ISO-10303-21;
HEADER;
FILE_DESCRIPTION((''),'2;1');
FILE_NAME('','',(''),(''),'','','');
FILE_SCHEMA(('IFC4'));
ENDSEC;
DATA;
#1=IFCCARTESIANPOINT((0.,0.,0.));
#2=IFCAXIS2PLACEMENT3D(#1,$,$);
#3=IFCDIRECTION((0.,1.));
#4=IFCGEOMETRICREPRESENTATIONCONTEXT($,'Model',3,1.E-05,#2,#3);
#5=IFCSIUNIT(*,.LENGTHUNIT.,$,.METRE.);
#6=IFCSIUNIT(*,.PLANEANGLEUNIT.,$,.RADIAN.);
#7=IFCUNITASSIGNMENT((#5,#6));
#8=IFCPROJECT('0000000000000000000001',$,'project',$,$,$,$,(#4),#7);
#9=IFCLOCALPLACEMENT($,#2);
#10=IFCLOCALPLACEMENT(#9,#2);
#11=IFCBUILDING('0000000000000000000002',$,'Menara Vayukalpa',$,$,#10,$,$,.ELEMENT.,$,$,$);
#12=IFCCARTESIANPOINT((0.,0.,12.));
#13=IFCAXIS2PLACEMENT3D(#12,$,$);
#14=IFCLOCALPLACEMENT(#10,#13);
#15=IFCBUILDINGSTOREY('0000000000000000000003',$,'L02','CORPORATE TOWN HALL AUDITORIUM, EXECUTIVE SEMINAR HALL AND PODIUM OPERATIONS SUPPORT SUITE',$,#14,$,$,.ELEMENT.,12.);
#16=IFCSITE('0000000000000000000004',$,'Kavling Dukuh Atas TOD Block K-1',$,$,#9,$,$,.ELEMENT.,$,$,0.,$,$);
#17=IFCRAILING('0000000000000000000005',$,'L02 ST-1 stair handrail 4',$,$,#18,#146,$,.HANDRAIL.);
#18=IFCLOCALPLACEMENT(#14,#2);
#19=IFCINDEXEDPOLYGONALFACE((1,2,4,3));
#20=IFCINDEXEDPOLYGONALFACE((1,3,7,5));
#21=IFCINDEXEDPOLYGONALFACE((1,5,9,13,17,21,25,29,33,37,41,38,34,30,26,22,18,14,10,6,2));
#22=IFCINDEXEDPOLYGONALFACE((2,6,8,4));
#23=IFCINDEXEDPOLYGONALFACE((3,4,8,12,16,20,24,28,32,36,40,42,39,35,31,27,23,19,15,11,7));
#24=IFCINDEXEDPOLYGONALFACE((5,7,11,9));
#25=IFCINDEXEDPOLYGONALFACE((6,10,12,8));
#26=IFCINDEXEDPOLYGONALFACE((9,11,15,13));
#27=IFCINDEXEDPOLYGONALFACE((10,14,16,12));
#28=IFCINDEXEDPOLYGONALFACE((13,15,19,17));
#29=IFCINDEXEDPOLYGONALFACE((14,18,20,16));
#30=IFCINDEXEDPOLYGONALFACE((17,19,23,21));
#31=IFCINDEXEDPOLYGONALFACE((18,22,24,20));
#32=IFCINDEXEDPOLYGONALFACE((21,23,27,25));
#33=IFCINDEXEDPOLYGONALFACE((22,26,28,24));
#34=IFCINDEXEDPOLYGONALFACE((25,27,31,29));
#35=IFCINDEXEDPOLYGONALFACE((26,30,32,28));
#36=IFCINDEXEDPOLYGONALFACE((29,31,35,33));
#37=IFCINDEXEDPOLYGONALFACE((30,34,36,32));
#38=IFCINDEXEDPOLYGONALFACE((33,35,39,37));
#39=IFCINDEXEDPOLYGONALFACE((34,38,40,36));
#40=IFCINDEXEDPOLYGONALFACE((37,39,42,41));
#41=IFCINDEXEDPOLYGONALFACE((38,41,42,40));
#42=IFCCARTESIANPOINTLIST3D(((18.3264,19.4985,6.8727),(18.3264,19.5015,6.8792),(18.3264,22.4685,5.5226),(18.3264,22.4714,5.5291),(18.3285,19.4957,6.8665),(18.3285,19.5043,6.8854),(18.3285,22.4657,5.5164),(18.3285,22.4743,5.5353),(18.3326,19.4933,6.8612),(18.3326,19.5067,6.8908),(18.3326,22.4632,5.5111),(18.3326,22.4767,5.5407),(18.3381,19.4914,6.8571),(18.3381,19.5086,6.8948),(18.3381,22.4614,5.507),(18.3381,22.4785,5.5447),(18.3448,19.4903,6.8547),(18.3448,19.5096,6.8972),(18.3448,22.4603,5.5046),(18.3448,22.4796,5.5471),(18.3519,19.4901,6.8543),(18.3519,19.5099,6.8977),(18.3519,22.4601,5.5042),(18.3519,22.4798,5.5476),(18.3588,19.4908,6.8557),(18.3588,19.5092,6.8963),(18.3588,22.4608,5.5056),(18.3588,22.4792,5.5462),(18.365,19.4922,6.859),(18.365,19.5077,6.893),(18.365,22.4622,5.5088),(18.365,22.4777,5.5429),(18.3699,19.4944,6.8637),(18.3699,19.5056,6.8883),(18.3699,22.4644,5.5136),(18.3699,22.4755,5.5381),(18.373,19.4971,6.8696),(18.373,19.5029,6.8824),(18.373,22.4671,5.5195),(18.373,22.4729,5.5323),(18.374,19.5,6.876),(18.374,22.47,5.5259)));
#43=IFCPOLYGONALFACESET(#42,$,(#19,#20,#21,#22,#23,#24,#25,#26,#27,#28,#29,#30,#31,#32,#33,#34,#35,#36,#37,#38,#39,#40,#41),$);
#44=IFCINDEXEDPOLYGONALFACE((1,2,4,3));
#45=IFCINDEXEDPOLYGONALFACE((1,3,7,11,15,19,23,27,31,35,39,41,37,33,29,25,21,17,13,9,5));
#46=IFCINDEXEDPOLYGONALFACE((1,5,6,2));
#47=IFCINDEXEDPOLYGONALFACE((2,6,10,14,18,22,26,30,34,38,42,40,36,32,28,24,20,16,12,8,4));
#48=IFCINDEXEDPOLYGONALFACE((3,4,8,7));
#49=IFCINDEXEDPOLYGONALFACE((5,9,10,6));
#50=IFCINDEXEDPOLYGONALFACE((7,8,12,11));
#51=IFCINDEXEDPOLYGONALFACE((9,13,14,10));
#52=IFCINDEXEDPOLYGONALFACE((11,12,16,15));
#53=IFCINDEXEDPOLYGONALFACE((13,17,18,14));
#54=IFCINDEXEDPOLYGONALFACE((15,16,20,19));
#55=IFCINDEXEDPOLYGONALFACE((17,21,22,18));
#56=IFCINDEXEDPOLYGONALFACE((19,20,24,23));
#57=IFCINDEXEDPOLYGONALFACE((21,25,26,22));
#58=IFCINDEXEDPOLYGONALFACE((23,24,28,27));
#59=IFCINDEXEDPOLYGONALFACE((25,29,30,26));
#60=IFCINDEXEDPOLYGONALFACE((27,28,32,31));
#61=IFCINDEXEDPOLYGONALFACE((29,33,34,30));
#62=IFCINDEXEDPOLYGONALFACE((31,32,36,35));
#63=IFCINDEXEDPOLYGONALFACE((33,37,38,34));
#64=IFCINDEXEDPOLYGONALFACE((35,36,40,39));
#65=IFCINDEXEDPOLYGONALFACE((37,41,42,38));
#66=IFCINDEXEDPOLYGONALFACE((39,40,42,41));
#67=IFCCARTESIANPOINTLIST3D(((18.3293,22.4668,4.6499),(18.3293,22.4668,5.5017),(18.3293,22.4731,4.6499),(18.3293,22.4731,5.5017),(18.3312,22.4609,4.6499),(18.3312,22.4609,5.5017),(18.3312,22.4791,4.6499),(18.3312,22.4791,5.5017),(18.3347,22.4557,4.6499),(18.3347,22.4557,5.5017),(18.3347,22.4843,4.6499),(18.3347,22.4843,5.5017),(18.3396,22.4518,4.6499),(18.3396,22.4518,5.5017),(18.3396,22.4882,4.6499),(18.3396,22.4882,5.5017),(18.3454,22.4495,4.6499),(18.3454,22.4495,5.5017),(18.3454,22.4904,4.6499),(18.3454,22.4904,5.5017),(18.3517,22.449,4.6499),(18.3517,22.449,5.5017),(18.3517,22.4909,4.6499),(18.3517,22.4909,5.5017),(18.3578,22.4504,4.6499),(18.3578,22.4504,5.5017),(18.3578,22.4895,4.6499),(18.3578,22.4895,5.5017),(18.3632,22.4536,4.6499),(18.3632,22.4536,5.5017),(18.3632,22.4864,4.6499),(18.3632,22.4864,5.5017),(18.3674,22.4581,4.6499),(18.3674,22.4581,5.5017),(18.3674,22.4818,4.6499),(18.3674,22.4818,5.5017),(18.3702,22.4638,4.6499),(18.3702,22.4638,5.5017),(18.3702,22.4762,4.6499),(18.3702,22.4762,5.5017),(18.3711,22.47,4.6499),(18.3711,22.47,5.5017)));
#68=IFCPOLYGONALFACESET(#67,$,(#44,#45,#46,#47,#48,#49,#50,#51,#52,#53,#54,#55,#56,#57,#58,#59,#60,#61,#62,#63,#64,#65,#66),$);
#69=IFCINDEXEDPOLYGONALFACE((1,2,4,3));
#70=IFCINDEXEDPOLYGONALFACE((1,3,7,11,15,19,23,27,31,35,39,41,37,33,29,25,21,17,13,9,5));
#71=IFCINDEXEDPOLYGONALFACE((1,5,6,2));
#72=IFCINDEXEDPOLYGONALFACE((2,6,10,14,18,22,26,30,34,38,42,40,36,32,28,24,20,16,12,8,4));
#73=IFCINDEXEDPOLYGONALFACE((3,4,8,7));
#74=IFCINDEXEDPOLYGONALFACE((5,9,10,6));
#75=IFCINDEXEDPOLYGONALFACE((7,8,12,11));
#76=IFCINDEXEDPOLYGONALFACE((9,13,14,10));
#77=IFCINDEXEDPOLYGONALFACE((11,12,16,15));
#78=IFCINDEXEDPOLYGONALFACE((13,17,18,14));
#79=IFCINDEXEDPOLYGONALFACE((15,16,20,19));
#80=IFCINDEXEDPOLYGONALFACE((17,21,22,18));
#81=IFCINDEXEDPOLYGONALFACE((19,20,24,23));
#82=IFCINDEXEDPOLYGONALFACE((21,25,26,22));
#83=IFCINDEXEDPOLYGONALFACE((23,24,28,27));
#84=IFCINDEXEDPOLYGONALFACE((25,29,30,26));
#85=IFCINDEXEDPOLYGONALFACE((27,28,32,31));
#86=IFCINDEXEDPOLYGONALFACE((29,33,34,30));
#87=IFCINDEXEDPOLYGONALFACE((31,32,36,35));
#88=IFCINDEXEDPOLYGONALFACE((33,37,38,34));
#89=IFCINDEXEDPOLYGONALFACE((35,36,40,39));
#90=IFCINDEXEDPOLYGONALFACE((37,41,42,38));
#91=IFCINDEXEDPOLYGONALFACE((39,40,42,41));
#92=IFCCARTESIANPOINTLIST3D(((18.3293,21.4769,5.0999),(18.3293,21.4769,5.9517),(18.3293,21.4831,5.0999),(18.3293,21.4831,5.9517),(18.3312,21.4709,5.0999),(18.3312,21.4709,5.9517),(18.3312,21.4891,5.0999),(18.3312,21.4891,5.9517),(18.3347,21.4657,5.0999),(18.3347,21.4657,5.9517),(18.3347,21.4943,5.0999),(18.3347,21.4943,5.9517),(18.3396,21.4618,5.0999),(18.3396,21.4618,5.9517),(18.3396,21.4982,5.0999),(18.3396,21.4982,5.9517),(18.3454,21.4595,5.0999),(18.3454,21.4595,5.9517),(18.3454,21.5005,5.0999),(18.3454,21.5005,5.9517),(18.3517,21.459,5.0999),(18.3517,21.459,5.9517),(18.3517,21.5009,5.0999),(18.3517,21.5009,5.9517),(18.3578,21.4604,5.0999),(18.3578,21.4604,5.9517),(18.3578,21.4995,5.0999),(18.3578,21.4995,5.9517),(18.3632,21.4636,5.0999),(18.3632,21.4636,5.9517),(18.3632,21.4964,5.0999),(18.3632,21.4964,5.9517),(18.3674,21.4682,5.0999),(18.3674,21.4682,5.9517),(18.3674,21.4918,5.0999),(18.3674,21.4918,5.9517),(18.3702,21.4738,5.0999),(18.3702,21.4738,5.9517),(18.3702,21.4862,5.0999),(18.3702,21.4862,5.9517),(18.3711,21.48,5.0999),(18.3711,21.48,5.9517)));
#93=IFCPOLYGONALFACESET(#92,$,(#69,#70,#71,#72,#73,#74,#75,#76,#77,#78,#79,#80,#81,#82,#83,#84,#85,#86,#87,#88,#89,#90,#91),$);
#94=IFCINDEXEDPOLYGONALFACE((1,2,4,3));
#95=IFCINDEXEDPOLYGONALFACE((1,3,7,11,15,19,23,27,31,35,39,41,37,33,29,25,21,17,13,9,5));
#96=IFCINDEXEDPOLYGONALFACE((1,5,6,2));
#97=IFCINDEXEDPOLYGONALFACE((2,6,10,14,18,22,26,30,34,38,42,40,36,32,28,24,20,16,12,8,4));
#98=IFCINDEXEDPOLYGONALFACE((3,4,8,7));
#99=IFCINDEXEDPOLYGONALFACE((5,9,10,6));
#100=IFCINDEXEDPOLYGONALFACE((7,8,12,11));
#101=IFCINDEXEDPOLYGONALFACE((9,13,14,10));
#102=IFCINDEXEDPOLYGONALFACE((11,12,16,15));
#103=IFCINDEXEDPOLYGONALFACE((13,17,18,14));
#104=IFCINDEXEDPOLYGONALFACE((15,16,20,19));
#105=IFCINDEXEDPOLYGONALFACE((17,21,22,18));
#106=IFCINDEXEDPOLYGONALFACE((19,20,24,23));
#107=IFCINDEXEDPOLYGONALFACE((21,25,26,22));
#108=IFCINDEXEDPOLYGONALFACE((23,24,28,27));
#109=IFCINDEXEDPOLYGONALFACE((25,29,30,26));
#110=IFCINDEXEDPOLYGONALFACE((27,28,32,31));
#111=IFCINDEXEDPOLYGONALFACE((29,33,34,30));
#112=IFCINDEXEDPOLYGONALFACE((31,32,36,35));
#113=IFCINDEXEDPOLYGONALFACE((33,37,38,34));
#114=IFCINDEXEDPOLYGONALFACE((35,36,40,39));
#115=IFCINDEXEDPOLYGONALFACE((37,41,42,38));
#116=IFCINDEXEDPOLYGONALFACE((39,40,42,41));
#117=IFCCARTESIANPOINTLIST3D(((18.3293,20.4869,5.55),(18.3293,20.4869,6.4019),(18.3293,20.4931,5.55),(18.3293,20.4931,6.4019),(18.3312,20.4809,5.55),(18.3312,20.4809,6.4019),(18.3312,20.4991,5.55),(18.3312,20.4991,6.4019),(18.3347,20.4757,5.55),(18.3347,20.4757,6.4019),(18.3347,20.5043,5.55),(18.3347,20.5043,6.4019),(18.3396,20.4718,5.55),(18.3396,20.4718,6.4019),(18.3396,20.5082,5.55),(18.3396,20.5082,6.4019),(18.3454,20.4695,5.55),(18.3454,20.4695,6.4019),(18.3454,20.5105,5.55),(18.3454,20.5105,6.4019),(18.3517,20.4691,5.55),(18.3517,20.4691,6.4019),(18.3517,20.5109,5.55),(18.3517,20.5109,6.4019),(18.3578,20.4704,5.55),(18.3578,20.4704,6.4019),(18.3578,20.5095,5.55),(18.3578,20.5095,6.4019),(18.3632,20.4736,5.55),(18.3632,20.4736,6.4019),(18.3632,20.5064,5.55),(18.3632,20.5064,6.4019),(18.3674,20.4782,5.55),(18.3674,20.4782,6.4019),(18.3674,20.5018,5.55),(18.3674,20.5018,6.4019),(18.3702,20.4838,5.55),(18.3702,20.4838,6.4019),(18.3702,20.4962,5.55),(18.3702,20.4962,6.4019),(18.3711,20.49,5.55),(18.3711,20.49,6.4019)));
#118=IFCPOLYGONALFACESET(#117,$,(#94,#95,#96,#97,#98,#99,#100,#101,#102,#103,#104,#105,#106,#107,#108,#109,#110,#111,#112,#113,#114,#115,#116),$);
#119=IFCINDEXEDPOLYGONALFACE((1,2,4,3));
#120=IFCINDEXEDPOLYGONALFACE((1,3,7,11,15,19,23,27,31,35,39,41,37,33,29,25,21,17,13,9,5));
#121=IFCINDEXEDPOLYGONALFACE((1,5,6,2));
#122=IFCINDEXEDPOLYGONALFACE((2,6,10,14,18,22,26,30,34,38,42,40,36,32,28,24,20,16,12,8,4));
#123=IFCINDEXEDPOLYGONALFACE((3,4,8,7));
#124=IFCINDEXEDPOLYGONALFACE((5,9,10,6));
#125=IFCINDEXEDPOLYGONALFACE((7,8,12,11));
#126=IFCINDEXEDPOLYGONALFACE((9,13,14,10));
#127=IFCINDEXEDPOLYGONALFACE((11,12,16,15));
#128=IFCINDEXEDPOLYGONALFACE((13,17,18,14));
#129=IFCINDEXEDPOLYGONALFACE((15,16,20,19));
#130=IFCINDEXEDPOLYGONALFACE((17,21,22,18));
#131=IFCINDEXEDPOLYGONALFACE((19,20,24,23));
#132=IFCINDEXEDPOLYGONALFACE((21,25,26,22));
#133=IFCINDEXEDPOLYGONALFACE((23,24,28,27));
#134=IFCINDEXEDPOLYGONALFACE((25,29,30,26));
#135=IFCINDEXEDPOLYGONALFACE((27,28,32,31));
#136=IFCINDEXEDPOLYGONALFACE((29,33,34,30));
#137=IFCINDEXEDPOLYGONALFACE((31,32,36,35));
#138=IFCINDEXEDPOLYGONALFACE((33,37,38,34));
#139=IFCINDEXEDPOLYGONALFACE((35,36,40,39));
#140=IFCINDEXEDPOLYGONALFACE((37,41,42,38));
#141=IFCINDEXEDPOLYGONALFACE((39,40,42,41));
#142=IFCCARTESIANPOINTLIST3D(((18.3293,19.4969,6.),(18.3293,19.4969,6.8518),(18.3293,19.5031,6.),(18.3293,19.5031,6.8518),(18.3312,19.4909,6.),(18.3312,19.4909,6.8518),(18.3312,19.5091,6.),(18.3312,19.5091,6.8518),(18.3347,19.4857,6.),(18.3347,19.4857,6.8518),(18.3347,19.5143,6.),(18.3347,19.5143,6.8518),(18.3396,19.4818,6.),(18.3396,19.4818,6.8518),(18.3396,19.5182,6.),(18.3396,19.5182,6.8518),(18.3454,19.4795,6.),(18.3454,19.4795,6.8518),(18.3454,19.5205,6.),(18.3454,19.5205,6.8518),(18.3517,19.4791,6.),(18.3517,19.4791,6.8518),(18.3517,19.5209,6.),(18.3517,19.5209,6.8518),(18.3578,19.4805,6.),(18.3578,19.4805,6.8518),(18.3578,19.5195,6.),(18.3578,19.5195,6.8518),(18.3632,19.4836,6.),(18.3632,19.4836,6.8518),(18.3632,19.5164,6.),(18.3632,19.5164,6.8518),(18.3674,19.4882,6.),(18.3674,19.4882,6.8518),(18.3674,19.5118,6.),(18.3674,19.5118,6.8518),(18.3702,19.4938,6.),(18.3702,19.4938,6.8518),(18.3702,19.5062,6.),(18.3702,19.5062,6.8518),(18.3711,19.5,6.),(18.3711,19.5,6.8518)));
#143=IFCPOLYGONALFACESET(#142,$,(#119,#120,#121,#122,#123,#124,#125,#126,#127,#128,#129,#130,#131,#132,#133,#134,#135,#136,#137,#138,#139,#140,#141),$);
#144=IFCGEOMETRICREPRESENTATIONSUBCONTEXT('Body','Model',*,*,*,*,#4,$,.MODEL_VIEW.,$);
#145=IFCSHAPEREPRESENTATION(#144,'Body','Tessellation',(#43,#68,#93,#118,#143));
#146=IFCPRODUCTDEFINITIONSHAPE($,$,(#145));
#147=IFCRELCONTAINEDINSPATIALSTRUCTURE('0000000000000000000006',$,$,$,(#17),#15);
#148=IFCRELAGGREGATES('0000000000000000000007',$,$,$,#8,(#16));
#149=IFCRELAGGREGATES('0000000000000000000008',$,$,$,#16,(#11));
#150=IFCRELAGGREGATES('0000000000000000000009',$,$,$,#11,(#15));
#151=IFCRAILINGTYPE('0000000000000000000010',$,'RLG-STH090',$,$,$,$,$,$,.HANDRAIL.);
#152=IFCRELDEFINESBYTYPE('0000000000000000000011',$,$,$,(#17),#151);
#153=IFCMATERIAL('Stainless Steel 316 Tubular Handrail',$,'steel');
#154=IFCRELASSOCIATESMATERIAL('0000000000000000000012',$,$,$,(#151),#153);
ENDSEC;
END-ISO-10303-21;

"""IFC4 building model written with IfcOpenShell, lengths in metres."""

from ifc_helpers import new_model, si_unit, direction, frame, origin, origin_2d, place, context, subcontext, project, spatial, circle, extrude, material, type_object, element, save


model = new_model("IFC4")

# Units and contexts
model_context = context("Model", 3, precision=1e-05, world=origin(), true_north=direction((0.0, 1.0)))
body_context = subcontext(model_context, "Body", "Model", "MODEL_VIEW")
ifc_project = project(units=[si_unit("LENGTHUNIT", "METRE"), si_unit("PLANEANGLEUNIT", "RADIAN")], contexts=[model_context])

# Site, building, storey
site_placement = place(None, origin())
site = spatial("IfcSite", under=ifc_project, at=site_placement, Name="Kavling Dukuh Atas TOD Block K-1", CompositionType="ELEMENT", RefElevation=0.0)
building_placement = place(site_placement, origin())
building = spatial("IfcBuilding", under=site, at=building_placement, Name="Menara Vayukalpa", CompositionType="ELEMENT")
storey_placement = place(building_placement, frame((0.0, 0.0, 12.0)))
storey = spatial("IfcBuildingStorey", under=building, at=storey_placement, Name="L02", Description="CORPORATE TOWN HALL AUDITORIUM, EXECUTIVE SEMINAR HALL AND PODIUM OPERATIONS SUPPORT SUITE", CompositionType="ELEMENT", Elevation=12.0)

# Railing
ifc_material_1 = material(Name="Stainless Steel 316 Tubular Handrail", Category="steel")
railing_type = type_object("IfcRailingType", Name="RLG-STH090", PredefinedType="HANDRAIL", material=ifc_material_1)
for number, where, name in (
    (1, (18.3501, 22.47, 4.6499), "L02 ST-1 stair handrail 4"),
):
    element("IfcRailing", number, at=place(storey_placement, frame(where)), inside=storey, type_object=railing_type, Name=name, PredefinedType="HANDRAIL", context=body_context, shape_type="SweptSolid", body=[
        extrude(circle(Radius=0.0239, at=origin_2d()), frame((0.0, 0.0, 0.876), z_axis=(0.0, -0.910354, 0.413831), x_axis=(1.0, 0.0, 0.0)), (0.0, 0.0, 1.0), 3.2625),
        extrude(circle(Radius=0.021, at=origin_2d()), origin(), (0.0, 0.0, 1.0), 0.8518),
        extrude(circle(Radius=0.021, at=origin_2d()), frame((0.0, -0.99, 0.45)), (0.0, 0.0, 1.0), 0.8518),
        extrude(circle(Radius=0.021, at=origin_2d()), frame((0.0, -1.98, 0.9001)), (0.0, 0.0, 1.0), 0.8518),
        extrude(circle(Radius=0.021, at=origin_2d()), frame((0.0, -2.97, 1.3501)), (0.0, 0.0, 1.0), 0.8518),
    ])

save(model, "model.ifc")
